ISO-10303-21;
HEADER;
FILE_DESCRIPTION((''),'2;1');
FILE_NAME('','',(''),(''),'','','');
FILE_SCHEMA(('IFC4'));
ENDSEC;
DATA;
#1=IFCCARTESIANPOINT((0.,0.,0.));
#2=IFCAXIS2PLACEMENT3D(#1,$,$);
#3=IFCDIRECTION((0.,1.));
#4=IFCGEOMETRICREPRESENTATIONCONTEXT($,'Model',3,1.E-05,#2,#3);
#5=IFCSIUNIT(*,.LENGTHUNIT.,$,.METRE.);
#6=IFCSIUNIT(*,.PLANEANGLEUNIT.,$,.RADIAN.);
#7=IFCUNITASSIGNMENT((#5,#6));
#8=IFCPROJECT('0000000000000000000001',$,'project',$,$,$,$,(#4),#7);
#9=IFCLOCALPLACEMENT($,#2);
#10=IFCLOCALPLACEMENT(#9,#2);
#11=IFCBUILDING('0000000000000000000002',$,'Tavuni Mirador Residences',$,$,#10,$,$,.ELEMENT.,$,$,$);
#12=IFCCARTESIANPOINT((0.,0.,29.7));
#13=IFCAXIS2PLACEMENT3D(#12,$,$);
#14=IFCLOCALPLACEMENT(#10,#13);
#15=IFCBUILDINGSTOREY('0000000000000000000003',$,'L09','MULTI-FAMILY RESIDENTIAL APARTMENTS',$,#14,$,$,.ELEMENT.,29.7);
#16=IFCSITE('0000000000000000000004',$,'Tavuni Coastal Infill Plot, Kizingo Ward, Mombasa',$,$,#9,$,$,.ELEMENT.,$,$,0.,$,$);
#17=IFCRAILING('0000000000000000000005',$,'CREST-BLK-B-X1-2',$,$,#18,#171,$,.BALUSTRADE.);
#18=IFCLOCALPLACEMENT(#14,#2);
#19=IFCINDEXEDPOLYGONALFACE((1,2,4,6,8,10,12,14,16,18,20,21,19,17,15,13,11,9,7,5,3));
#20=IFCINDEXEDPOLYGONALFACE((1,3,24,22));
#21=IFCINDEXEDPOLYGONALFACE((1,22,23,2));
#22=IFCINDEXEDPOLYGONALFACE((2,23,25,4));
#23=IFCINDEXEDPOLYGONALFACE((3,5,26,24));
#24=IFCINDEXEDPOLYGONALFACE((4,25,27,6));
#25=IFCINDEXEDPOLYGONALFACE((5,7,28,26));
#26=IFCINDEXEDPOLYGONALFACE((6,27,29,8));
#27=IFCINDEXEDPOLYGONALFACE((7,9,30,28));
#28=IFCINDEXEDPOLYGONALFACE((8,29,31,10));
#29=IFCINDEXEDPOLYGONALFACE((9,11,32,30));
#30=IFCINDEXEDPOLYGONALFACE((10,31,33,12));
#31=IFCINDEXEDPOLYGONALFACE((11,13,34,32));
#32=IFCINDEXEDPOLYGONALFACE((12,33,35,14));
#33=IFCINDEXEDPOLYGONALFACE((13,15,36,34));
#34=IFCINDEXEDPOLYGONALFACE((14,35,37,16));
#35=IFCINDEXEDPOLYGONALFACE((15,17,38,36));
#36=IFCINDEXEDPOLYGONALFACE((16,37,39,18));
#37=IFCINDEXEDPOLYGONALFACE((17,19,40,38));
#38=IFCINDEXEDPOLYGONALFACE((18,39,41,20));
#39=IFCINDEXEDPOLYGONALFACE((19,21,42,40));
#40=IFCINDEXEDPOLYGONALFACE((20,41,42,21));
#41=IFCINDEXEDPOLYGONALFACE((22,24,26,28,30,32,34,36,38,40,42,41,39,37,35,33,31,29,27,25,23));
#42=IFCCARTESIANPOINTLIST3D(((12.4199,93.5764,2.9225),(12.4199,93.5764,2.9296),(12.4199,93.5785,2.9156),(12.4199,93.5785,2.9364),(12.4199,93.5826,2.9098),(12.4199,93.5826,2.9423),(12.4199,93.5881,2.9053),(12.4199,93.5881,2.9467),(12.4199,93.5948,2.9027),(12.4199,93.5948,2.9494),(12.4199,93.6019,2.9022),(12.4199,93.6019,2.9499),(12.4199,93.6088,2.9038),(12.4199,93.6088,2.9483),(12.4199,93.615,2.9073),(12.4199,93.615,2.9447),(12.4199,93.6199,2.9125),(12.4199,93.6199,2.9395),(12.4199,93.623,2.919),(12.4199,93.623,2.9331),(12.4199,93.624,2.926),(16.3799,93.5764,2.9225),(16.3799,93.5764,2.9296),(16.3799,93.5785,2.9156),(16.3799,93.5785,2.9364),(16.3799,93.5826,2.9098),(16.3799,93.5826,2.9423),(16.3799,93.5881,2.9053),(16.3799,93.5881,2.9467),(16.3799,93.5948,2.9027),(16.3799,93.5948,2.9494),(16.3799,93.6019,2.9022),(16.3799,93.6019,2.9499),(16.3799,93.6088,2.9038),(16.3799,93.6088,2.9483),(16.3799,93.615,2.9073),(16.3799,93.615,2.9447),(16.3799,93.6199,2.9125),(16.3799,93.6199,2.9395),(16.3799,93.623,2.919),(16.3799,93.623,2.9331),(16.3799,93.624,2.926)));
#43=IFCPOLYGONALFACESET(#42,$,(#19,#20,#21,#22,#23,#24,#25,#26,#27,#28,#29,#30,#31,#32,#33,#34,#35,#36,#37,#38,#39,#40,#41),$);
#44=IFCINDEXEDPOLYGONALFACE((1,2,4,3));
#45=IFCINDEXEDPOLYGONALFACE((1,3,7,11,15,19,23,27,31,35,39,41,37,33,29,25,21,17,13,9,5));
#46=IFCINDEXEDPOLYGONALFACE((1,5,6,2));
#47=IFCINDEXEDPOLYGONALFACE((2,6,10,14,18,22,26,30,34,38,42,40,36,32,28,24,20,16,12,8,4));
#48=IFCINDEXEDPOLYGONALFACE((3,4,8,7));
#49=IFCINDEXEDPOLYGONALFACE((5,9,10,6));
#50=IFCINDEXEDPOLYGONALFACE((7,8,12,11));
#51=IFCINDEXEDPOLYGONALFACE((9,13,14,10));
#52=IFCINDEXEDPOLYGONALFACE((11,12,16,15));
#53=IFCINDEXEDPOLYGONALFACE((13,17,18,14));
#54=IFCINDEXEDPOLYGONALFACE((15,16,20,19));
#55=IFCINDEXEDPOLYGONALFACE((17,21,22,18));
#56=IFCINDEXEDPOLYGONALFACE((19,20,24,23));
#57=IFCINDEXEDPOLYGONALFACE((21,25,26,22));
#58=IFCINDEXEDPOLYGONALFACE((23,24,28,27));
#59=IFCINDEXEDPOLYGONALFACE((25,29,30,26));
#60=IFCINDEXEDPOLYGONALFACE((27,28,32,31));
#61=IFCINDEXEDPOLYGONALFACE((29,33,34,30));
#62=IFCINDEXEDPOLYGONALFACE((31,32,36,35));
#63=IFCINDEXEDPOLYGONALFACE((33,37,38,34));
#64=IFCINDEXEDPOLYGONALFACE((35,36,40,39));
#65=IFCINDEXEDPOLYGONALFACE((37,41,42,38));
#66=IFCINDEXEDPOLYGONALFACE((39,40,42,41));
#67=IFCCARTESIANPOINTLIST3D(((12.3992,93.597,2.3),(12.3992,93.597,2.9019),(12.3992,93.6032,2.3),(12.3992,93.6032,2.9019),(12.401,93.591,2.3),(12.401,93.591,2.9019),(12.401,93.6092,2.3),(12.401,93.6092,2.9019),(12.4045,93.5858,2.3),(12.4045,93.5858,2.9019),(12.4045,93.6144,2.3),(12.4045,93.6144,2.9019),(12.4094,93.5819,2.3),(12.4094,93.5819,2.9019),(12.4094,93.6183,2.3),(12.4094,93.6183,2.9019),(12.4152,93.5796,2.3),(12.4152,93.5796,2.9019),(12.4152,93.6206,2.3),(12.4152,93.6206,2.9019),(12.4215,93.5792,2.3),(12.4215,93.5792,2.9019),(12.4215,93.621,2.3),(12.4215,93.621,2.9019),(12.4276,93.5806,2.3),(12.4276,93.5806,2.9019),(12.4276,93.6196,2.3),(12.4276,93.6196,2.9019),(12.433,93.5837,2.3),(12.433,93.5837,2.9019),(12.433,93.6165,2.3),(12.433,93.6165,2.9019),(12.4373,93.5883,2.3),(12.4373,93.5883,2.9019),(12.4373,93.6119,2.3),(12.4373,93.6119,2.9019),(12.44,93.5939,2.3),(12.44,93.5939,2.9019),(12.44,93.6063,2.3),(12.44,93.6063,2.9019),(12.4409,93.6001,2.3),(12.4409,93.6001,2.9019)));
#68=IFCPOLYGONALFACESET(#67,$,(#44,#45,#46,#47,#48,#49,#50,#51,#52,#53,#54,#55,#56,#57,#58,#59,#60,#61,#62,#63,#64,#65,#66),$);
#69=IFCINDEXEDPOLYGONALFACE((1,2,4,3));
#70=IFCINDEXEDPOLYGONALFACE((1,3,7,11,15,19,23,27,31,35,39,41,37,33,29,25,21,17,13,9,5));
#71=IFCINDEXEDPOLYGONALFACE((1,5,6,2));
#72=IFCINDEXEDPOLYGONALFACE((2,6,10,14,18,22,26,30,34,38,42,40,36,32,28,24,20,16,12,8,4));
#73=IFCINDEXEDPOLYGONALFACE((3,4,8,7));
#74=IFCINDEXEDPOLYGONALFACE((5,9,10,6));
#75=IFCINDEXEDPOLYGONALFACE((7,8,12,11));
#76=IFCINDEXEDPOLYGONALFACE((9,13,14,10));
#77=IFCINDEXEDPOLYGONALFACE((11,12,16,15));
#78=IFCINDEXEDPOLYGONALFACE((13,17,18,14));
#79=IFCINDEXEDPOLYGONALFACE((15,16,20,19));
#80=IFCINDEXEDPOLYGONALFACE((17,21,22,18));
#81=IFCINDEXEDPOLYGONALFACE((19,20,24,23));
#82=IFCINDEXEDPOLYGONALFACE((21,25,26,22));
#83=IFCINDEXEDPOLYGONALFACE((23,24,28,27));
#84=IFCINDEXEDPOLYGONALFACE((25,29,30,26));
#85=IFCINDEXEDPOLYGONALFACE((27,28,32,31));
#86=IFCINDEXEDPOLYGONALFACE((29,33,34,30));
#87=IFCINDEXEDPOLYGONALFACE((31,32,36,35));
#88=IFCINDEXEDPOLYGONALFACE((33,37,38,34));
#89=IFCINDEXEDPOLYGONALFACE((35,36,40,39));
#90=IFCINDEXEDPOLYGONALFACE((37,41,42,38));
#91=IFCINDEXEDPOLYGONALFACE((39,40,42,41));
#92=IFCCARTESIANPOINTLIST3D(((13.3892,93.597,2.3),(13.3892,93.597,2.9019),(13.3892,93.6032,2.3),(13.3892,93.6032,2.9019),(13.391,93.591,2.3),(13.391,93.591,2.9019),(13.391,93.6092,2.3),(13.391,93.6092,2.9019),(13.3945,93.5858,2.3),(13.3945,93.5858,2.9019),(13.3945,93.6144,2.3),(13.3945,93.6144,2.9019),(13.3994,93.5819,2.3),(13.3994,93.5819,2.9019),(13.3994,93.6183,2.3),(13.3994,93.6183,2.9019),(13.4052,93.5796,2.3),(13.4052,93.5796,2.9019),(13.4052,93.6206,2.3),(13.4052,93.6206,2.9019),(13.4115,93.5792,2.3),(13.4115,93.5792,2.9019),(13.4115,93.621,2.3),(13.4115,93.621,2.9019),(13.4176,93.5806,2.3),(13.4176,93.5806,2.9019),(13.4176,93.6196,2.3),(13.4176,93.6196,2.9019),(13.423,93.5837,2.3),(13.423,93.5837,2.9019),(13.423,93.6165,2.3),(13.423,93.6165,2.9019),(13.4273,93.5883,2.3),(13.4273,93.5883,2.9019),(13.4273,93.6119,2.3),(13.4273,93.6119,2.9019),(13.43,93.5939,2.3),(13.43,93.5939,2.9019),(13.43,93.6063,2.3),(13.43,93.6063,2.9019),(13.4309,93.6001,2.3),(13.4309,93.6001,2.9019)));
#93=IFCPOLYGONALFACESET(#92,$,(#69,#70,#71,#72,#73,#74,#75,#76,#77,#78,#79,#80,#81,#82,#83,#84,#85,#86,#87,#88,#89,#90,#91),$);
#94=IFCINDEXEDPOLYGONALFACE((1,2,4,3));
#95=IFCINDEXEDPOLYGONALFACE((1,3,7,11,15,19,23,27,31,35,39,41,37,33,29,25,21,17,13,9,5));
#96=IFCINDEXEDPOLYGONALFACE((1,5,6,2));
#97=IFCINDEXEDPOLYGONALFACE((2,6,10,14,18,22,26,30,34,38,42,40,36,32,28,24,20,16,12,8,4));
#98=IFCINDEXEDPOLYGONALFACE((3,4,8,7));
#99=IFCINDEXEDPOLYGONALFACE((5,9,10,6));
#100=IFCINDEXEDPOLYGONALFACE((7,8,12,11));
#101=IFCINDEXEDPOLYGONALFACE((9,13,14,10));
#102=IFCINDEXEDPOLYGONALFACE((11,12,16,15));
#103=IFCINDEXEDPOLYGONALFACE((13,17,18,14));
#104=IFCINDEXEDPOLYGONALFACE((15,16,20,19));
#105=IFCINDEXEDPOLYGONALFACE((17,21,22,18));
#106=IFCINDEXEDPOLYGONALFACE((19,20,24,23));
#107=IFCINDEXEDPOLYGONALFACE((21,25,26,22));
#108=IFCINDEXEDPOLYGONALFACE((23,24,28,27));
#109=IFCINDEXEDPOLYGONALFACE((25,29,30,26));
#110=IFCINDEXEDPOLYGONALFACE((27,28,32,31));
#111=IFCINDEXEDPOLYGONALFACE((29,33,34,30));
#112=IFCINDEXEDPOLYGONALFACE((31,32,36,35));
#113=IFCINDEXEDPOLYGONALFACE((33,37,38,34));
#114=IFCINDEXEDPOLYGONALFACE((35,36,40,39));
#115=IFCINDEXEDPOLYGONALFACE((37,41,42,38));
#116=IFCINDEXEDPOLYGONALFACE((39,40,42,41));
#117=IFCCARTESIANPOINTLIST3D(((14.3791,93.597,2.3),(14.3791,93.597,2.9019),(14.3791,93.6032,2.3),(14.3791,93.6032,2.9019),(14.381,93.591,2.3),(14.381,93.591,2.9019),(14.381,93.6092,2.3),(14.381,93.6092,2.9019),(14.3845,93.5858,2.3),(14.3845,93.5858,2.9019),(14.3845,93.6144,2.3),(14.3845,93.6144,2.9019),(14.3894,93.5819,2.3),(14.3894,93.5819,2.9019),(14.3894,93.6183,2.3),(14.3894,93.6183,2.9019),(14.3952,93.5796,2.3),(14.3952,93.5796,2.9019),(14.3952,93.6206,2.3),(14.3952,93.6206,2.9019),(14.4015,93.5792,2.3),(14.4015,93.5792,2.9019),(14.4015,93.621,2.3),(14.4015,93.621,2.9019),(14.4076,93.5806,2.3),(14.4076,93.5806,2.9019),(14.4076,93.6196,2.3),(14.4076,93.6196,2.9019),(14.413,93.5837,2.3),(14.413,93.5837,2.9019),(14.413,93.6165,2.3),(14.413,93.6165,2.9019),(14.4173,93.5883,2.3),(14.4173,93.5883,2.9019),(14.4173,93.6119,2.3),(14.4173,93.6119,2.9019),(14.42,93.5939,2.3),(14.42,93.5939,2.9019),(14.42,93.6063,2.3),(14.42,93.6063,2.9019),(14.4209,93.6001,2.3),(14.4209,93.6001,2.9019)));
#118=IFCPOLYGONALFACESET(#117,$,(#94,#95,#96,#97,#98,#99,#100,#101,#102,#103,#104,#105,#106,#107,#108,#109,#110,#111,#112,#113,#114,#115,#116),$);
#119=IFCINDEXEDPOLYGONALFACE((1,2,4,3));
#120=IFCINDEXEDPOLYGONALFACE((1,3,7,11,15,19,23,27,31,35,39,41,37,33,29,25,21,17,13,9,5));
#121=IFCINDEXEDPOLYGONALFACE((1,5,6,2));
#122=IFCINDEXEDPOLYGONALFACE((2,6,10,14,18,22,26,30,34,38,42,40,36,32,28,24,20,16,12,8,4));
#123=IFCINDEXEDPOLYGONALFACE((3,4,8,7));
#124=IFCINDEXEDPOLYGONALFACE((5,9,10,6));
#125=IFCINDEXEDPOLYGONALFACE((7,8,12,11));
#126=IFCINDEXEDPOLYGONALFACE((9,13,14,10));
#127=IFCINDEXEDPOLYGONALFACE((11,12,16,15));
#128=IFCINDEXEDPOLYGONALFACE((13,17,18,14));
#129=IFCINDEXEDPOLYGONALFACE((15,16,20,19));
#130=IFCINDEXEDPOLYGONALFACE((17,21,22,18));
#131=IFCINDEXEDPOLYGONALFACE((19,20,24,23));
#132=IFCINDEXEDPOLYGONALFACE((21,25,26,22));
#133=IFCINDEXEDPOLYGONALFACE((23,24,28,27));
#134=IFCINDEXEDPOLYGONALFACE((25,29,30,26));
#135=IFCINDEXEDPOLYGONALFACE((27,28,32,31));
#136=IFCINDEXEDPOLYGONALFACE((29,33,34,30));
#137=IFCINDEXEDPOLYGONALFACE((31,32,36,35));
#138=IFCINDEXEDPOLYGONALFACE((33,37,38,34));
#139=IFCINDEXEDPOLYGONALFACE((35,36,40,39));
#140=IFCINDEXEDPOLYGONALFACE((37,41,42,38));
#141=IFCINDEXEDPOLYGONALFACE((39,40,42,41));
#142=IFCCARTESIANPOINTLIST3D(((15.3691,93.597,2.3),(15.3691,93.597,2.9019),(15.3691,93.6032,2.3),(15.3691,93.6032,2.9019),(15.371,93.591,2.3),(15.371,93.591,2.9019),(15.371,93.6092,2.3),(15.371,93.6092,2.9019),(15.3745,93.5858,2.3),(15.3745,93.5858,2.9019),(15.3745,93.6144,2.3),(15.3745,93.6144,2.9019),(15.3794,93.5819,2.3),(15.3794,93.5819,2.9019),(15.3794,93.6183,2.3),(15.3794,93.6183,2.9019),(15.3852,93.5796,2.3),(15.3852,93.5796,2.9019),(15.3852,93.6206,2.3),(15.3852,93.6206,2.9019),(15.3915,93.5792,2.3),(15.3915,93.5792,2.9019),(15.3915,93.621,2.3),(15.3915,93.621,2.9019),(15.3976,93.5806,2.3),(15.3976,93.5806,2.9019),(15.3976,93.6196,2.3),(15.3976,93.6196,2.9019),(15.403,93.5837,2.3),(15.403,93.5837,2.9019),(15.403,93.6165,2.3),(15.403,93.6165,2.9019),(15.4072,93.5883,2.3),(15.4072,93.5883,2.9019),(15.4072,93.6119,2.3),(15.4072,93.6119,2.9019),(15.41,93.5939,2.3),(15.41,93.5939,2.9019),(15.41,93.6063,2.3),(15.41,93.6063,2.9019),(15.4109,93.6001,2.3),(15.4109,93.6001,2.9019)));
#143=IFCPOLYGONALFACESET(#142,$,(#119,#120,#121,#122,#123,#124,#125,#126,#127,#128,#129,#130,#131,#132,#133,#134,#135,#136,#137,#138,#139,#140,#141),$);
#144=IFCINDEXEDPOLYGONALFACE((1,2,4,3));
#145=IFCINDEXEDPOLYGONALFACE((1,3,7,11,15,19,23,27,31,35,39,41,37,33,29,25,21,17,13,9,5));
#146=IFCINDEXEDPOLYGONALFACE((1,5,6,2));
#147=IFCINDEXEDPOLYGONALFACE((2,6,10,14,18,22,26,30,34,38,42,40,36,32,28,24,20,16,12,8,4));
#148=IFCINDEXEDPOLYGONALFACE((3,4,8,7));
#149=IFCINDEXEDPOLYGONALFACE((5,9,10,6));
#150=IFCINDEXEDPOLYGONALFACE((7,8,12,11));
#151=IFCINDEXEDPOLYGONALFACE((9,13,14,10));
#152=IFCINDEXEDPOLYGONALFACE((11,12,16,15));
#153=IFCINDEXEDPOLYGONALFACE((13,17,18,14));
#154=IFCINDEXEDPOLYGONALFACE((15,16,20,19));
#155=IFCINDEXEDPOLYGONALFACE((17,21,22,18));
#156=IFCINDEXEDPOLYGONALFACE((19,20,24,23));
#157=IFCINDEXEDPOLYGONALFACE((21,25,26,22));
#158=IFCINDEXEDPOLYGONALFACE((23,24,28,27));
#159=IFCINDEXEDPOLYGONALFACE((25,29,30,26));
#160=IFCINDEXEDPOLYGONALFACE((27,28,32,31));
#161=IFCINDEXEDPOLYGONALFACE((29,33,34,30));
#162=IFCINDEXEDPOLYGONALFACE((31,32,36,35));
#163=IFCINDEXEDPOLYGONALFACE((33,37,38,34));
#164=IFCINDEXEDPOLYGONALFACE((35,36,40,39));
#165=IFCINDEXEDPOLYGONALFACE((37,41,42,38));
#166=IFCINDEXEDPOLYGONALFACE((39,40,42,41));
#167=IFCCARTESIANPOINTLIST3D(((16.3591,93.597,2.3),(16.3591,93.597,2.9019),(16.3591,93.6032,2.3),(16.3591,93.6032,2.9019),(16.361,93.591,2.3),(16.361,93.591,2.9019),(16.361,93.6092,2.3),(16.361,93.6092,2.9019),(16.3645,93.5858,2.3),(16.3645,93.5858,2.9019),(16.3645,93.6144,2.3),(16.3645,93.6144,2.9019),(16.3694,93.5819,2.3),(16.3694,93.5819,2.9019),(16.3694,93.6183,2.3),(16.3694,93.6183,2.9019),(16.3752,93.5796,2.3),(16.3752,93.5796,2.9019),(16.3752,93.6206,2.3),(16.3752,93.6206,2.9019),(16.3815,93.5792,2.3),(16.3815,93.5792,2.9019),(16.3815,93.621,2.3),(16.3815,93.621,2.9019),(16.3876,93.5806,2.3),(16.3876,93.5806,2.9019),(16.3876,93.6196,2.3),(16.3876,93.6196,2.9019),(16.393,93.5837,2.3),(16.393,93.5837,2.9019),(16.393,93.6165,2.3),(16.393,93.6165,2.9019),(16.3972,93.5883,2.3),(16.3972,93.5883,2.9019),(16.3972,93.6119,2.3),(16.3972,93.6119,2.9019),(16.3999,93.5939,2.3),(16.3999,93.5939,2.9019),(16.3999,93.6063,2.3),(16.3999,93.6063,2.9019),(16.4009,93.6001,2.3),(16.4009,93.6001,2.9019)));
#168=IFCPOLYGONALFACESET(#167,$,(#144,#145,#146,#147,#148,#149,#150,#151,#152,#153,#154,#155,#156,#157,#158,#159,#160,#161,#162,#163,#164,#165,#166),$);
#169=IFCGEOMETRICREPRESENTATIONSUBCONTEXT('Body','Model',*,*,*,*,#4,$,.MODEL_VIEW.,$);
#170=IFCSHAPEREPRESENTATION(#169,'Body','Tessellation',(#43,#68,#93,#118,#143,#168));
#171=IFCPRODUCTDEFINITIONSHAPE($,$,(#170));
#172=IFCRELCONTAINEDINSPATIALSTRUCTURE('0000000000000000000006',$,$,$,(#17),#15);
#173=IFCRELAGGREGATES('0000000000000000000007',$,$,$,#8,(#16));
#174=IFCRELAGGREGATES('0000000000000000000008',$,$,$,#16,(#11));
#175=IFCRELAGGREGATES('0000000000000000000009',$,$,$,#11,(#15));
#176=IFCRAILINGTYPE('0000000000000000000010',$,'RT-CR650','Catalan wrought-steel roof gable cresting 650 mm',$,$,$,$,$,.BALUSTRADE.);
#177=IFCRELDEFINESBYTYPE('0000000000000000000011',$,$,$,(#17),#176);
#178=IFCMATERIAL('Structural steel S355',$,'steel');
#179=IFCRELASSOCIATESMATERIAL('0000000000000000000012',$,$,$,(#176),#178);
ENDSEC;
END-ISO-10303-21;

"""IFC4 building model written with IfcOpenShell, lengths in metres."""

from ifc_helpers import new_model, si_unit, direction, frame, origin, origin_2d, place, context, subcontext, project, spatial, circle, extrude, material, type_object, element, save


model = new_model("IFC4")

# Units and contexts
model_context = context("Model", 3, precision=1e-05, world=origin(), true_north=direction((0.0, 1.0)))
body_context = subcontext(model_context, "Body", "Model", "MODEL_VIEW")
ifc_project = project(units=[si_unit("LENGTHUNIT", "METRE"), si_unit("PLANEANGLEUNIT", "RADIAN")], contexts=[model_context])

# Site, building, storey
site_placement = place(None, origin())
site = spatial("IfcSite", under=ifc_project, at=site_placement, Name="Tavuni Coastal Infill Plot, Kizingo Ward, Mombasa", CompositionType="ELEMENT", RefElevation=0.0)
building_placement = place(site_placement, origin())
building = spatial("IfcBuilding", under=site, at=building_placement, Name="Tavuni Mirador Residences", CompositionType="ELEMENT")
storey_placement = place(building_placement, frame((0.0, 0.0, 29.7)))
storey = spatial("IfcBuildingStorey", under=building, at=storey_placement, Name="L09", Description="MULTI-FAMILY RESIDENTIAL APARTMENTS", CompositionType="ELEMENT", Elevation=29.7)

# Shared definitions
ifc_material_1 = material(Name="Structural steel S355", Category="steel")

# Railing
railing_type = type_object("IfcRailingType", Name="RT-CR650", Description="Catalan wrought-steel roof gable cresting 650 mm", PredefinedType="BALUSTRADE", material=ifc_material_1)
for number, where, name in (
    (1, (12.4199, 93.6001, 2.3), "CREST-BLK-B-X1-2"),
):
    element("IfcRailing", number, at=place(storey_placement, frame(where)), inside=storey, type_object=railing_type, Name=name, PredefinedType="BALUSTRADE", context=body_context, shape_type="SweptSolid", body=[
        extrude(circle(Radius=0.0239, at=origin_2d()), frame((0.0, 0.0, 0.626), z_axis=(1.0, 0.0, 0.0), x_axis=(0.0, 1.0, 0.0)), (0.0, 0.0, 1.0), 3.96),
        extrude(circle(Radius=0.021, at=origin_2d()), origin(), (0.0, 0.0, 1.0), 0.6018),
        extrude(circle(Radius=0.021, at=origin_2d()), frame((0.99, 0.0, 0.0)), (0.0, 0.0, 1.0), 0.6018),
        extrude(circle(Radius=0.021, at=origin_2d()), frame((1.98, 0.0, 0.0)), (0.0, 0.0, 1.0), 0.6018),
        extrude(circle(Radius=0.021, at=origin_2d()), frame((2.97, 0.0, 0.0)), (0.0, 0.0, 1.0), 0.6018),
        extrude(circle(Radius=0.021, at=origin_2d()), frame((3.96, 0.0, 0.0)), (0.0, 0.0, 1.0), 0.6018),
    ])

save(model, "model.ifc")
